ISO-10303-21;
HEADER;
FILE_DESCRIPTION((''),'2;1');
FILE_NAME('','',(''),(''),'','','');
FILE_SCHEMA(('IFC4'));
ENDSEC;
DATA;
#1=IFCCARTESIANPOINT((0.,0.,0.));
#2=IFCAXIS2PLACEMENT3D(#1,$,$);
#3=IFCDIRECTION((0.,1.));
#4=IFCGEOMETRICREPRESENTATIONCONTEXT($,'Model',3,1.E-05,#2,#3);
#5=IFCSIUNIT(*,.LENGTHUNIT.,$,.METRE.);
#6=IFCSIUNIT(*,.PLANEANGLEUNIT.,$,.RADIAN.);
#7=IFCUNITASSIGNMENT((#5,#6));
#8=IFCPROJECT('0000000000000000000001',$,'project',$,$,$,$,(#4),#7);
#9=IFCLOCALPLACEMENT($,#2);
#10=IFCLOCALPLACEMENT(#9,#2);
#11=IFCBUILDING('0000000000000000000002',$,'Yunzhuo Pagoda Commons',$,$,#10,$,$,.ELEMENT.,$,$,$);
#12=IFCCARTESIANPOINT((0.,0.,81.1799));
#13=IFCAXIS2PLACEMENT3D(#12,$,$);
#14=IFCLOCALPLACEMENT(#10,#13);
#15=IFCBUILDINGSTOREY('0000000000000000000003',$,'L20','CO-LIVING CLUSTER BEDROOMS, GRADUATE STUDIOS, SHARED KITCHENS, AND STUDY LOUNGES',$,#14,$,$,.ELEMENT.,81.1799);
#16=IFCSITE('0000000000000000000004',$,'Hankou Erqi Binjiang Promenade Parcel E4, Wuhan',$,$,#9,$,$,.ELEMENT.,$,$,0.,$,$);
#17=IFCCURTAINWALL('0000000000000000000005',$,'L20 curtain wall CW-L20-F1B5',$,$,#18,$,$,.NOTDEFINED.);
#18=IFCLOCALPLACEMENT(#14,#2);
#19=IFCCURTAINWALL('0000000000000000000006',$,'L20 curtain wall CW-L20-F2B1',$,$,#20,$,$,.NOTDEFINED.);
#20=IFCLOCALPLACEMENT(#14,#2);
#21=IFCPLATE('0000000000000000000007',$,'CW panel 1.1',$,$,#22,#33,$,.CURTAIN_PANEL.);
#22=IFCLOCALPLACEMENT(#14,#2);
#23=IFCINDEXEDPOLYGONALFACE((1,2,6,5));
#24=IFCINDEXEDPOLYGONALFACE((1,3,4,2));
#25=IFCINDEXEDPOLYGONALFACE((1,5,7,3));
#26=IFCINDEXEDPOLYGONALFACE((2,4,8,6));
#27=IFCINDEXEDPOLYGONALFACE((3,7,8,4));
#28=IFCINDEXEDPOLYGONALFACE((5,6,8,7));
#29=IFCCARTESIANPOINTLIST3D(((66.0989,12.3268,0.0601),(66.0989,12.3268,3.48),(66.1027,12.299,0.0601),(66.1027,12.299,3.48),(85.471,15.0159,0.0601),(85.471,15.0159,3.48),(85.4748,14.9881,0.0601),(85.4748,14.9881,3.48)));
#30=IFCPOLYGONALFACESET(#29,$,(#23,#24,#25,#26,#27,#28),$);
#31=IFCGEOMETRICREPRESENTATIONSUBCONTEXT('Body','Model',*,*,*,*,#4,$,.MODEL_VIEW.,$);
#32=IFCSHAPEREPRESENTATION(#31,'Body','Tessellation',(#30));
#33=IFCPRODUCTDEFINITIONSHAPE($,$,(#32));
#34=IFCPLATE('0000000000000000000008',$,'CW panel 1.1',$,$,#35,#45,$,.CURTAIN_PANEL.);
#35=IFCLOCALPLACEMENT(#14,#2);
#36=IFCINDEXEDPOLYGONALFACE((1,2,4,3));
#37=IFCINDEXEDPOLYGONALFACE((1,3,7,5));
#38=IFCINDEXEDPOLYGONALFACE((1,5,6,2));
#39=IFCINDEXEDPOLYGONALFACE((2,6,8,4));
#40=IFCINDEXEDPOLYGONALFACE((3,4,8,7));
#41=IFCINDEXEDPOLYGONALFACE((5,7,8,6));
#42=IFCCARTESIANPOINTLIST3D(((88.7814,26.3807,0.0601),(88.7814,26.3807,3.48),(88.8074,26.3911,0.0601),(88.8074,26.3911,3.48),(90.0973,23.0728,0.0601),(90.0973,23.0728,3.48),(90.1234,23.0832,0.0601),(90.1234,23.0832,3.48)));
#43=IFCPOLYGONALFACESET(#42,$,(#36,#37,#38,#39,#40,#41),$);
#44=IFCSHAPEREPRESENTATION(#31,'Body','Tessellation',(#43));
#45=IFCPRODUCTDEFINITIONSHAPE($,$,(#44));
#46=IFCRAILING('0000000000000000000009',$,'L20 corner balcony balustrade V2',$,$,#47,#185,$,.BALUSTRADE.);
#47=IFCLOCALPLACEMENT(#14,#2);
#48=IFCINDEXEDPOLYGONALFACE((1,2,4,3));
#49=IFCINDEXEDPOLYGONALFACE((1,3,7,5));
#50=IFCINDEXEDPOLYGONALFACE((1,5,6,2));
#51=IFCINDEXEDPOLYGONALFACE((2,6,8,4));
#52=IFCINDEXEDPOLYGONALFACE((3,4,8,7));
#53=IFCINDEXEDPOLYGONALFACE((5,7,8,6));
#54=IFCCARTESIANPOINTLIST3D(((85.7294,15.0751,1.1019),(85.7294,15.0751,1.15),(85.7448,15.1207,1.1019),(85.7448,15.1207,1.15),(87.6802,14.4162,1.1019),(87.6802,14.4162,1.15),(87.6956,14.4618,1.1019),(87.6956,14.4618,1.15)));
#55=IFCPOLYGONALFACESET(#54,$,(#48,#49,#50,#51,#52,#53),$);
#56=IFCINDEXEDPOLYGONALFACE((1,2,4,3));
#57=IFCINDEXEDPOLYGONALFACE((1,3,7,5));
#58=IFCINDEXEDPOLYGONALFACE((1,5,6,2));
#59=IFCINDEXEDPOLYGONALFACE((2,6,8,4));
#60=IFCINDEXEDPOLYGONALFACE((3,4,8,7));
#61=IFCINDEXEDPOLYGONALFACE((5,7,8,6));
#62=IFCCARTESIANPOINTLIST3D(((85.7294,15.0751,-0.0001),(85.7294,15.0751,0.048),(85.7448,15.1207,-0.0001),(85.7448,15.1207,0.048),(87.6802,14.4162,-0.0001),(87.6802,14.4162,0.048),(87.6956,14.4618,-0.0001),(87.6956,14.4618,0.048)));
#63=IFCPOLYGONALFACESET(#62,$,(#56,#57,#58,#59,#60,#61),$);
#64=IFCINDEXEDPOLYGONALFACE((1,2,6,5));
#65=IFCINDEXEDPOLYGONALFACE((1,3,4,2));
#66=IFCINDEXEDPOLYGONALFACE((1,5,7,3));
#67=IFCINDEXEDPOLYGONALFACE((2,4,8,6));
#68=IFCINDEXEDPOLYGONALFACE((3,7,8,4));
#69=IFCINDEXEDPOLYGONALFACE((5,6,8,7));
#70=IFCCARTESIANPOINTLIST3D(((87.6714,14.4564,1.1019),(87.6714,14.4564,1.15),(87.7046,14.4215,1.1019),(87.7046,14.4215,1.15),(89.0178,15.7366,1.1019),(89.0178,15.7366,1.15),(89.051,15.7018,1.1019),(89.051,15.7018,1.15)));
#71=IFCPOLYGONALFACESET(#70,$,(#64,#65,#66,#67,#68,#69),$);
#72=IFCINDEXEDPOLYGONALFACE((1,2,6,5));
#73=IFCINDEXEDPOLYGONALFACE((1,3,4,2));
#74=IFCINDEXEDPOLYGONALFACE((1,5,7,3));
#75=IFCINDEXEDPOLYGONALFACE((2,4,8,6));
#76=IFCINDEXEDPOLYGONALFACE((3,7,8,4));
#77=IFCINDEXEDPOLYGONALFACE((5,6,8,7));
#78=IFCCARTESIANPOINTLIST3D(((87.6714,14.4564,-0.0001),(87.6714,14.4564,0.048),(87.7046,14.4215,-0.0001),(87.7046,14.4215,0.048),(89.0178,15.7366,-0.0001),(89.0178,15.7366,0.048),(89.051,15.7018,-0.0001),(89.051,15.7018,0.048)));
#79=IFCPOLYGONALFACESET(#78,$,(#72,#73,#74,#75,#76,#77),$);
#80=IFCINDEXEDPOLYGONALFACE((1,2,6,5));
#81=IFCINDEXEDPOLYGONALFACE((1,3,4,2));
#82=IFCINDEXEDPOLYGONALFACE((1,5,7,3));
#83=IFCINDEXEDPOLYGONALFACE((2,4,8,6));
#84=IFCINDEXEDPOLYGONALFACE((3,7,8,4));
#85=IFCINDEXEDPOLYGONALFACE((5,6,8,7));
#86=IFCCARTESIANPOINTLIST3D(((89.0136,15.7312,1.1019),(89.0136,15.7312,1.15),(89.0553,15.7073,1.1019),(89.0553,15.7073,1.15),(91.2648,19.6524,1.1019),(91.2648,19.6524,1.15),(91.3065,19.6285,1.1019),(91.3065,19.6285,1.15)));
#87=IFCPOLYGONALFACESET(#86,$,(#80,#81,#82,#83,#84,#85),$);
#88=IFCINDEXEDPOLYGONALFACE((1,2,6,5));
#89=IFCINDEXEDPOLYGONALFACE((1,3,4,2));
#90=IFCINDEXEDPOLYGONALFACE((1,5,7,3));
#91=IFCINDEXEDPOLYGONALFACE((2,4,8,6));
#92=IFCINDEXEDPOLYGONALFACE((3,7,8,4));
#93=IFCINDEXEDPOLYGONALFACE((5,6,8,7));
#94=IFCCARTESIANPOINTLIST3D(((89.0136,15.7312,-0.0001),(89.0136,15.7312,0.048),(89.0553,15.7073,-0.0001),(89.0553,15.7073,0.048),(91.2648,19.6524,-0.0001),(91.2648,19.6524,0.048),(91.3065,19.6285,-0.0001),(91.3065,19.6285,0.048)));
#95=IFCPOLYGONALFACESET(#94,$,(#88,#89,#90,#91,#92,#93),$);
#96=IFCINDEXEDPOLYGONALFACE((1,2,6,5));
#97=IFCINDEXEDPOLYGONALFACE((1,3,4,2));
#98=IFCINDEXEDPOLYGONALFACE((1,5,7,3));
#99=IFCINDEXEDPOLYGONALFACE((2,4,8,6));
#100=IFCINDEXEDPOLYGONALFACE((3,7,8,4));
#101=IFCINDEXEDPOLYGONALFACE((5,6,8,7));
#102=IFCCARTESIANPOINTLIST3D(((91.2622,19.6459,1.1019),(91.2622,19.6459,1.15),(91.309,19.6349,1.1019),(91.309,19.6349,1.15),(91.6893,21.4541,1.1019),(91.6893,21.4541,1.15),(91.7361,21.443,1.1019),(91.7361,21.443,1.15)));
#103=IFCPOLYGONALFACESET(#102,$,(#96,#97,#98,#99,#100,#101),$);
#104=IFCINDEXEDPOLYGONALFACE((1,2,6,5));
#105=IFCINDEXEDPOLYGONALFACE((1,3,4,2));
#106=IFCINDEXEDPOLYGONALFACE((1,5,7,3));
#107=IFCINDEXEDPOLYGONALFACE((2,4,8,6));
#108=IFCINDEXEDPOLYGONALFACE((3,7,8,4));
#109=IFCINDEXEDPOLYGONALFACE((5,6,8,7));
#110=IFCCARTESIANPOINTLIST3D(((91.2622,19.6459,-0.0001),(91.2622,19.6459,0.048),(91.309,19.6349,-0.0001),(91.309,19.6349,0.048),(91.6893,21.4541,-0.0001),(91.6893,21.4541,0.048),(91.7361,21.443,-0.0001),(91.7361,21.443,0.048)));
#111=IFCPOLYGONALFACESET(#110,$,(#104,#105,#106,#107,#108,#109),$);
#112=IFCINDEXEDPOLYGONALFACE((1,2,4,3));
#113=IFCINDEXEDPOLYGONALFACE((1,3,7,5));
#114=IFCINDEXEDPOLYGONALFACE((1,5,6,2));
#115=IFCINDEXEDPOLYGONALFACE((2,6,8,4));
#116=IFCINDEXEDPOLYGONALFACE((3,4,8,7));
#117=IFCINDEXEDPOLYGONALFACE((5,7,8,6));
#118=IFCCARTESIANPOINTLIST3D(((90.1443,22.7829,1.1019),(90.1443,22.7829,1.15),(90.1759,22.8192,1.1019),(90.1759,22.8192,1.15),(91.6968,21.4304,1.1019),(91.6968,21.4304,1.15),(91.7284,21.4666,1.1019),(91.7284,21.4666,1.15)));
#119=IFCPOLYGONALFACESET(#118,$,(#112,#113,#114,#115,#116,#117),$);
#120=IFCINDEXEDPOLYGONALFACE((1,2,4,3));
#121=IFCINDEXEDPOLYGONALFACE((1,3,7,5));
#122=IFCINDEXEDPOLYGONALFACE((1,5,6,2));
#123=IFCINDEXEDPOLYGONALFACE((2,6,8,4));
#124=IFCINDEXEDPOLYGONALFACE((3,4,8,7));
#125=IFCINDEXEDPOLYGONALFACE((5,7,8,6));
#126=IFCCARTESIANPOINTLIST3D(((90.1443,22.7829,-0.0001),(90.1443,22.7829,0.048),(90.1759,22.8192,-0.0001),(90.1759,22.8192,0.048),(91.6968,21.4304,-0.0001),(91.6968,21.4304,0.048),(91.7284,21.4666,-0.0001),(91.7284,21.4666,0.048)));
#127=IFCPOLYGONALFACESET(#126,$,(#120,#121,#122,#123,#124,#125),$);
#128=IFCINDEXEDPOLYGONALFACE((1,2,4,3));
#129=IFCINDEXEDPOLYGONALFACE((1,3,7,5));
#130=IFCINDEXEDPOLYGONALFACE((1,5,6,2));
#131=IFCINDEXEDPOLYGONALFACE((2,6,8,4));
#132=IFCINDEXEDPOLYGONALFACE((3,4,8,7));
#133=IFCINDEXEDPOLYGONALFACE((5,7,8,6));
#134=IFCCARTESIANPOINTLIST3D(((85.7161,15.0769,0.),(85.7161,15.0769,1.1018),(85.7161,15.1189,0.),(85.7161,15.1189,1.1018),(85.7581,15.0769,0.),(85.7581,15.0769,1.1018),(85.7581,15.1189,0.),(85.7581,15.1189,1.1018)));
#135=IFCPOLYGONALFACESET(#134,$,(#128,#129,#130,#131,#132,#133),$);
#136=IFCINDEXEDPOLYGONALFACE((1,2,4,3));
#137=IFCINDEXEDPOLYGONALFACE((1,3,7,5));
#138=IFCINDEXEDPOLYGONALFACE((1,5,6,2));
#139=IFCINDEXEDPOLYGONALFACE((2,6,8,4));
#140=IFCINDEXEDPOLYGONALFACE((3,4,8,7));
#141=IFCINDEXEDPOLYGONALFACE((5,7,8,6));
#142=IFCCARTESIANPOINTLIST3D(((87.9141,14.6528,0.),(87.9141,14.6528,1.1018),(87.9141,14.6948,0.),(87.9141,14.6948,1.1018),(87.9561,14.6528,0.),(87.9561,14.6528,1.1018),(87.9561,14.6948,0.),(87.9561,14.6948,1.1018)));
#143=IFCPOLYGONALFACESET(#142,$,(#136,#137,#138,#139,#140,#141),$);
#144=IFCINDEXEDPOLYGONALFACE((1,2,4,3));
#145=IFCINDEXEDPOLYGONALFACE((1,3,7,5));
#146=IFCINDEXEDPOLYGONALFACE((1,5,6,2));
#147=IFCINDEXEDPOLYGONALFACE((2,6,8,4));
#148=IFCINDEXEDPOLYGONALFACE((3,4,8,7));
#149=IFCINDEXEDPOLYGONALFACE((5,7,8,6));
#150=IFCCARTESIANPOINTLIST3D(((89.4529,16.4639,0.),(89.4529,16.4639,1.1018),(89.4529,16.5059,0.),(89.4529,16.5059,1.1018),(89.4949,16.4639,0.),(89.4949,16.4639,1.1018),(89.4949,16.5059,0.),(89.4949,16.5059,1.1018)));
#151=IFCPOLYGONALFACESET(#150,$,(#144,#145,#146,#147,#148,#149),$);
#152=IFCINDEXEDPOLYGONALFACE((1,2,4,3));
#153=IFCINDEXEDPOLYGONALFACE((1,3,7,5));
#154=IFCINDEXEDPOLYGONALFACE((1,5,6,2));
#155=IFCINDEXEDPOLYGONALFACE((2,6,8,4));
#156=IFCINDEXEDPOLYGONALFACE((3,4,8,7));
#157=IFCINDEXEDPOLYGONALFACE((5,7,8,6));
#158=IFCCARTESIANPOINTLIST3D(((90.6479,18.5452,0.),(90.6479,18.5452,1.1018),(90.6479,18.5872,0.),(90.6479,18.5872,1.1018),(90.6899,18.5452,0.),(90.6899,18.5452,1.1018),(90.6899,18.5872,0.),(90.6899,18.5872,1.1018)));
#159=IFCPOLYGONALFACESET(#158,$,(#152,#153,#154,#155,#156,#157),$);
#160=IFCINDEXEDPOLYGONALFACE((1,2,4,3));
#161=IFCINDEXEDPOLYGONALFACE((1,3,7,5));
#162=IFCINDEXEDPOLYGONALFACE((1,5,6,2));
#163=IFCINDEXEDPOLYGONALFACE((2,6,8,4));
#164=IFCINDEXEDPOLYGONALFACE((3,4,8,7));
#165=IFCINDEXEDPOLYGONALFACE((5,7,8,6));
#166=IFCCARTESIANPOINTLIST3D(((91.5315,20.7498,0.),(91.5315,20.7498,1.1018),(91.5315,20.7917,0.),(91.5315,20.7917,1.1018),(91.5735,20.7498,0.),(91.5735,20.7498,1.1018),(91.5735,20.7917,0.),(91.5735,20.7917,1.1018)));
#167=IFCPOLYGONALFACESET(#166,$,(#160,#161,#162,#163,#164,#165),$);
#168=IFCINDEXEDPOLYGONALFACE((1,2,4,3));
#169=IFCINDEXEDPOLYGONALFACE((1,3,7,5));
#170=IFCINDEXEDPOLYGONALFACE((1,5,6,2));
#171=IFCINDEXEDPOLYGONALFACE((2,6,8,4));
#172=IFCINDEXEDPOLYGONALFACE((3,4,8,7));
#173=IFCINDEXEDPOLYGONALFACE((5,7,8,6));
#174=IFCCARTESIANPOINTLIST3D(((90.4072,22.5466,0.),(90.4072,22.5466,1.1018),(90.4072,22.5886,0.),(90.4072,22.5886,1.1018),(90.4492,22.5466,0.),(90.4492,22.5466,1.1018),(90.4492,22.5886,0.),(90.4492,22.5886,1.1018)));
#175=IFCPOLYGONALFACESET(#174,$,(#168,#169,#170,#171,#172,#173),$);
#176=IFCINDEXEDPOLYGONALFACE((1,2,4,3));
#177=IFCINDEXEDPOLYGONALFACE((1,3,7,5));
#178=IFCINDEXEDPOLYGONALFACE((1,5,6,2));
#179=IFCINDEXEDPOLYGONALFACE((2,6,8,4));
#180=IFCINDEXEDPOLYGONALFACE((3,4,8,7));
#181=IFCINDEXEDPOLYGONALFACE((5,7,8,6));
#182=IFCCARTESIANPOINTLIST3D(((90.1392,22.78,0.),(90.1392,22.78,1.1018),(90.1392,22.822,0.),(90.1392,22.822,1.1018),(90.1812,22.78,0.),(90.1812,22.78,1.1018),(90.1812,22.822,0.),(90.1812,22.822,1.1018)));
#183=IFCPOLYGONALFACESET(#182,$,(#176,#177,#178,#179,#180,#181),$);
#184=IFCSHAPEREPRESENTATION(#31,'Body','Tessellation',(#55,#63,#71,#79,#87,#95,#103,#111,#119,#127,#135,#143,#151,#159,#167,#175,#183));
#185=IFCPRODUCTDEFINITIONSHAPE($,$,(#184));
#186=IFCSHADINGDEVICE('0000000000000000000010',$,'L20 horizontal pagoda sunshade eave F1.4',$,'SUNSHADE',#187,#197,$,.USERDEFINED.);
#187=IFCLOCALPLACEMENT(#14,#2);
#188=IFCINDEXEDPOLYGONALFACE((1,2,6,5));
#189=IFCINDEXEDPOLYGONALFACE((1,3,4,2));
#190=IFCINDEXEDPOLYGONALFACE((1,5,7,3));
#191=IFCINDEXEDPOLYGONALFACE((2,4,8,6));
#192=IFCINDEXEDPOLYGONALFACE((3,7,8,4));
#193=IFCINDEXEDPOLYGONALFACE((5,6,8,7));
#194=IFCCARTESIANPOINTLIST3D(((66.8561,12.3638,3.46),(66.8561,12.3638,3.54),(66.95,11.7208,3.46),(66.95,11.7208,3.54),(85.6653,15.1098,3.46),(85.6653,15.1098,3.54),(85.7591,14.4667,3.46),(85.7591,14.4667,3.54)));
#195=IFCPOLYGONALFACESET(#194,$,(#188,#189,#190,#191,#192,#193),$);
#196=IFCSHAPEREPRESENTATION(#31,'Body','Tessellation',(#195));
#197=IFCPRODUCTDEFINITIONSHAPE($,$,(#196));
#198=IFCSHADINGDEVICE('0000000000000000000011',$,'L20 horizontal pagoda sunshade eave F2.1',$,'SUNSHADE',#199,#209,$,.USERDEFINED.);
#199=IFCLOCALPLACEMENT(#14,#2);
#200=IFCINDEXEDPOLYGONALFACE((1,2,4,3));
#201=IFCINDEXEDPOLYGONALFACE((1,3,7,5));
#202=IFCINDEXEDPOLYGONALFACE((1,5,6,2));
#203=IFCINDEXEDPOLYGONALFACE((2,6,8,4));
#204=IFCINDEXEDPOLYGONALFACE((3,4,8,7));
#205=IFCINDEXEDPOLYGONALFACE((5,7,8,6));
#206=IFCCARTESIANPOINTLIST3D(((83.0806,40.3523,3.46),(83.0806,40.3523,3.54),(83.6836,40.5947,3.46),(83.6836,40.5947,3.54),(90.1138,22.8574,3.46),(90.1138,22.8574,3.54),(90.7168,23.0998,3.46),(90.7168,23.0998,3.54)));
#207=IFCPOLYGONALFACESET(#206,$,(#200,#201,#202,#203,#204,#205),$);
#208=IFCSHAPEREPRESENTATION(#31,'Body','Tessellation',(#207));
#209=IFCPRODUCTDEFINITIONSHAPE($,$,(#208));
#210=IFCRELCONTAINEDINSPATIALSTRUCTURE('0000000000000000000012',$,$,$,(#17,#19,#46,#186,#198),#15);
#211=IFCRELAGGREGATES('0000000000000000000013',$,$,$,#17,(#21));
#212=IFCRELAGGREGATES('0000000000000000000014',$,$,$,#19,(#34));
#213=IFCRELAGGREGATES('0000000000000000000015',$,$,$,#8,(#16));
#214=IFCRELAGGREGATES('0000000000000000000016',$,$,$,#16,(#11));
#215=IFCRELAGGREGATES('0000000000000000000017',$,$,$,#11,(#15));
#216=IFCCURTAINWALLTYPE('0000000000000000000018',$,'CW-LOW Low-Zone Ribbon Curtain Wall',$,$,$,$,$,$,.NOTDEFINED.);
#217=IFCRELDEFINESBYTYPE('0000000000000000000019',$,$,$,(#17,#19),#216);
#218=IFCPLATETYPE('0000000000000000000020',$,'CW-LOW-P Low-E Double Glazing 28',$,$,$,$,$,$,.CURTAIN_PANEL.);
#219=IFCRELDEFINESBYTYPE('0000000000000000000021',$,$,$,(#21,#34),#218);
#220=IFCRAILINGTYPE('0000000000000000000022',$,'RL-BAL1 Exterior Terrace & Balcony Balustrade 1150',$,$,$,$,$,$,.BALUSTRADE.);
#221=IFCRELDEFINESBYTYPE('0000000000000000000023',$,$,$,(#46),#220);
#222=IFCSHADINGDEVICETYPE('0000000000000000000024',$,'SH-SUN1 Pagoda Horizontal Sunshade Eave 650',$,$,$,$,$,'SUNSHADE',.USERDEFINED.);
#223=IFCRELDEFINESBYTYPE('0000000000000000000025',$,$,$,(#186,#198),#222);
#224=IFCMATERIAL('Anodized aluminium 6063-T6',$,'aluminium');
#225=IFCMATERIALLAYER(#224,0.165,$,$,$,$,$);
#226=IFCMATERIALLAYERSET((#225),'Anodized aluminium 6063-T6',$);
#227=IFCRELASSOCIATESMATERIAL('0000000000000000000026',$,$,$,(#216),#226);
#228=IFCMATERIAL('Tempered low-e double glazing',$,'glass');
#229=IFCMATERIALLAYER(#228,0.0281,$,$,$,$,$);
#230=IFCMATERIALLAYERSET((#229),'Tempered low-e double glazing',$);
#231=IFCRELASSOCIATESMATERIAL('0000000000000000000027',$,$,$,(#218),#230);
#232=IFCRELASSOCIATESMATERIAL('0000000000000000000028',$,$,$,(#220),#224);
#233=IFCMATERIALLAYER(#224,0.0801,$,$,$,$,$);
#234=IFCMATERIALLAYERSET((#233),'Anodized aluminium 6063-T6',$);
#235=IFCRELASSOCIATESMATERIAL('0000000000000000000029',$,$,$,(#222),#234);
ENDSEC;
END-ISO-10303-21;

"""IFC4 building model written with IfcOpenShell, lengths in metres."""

from ifc_helpers import new_model, si_unit, direction, frame, origin, origin_2d, place, context, subcontext, project, spatial, rectangle, extrude, source, transform, mapped, material, layer, layer_set, type_object, element, aggregate, save


model = new_model("IFC4")

# Units and contexts
model_context = context("Model", 3, precision=1e-05, world=origin(), true_north=direction((0.0, 1.0)))
body_context = subcontext(model_context, "Body", "Model", "MODEL_VIEW")
ifc_project = project(units=[si_unit("LENGTHUNIT", "METRE"), si_unit("PLANEANGLEUNIT", "RADIAN")], contexts=[model_context])

# Site, building, storey
site_placement = place(None, origin())
site = spatial("IfcSite", under=ifc_project, at=site_placement, Name="Hankou Erqi Binjiang Promenade Parcel E4, Wuhan", CompositionType="ELEMENT", RefElevation=0.0)
building_placement = place(site_placement, origin())
building = spatial("IfcBuilding", under=site, at=building_placement, Name="Yunzhuo Pagoda Commons", CompositionType="ELEMENT")
storey_placement = place(building_placement, frame((0.0, 0.0, 81.1799)))
storey = spatial("IfcBuildingStorey", under=building, at=storey_placement, Name="L20", Description="CO-LIVING CLUSTER BEDROOMS, GRADUATE STUDIOS, SHARED KITCHENS, AND STUDY LOUNGES", CompositionType="ELEMENT", Elevation=81.1799)

# Curtain wall
ifc_material_1 = material(Name="Anodized aluminium 6063-T6", Category="aluminium")
ifc_layer_1 = layer(ifc_material_1, 0.165)
ifc_layer_set_1 = layer_set([ifc_layer_1], Name="Anodized aluminium 6063-T6")
curtain_wall_type = type_object("IfcCurtainWallType", Name="CW-LOW Low-Zone Ribbon Curtain Wall", PredefinedType="NOTDEFINED", material=ifc_layer_set_1)
curtain_wall_1_placement = place(storey_placement, origin())
curtain_wall_1 = element("IfcCurtainWall", 1, at=curtain_wall_1_placement, inside=storey, type_object=curtain_wall_type, Name="L20 curtain wall CW-L20-F1B5", PredefinedType="NOTDEFINED")

# Curtain wall
curtain_wall_2_placement = place(storey_placement, origin())
curtain_wall_2 = element("IfcCurtainWall", 2, at=curtain_wall_2_placement, inside=storey, type_object=curtain_wall_type, Name="L20 curtain wall CW-L20-F2B1", PredefinedType="NOTDEFINED")

# Shared definitions
ifc_material_2 = material(Name="Tempered low-e double glazing", Category="glass")
ifc_layer_2 = layer(ifc_material_2, 0.0281)
ifc_layer_set_2 = layer_set([ifc_layer_2], Name="Tempered low-e double glazing")
plate_type_1 = type_object("IfcPlateType", Name="CW-LOW-P Low-E Double Glazing 28", PredefinedType="CURTAIN_PANEL", material=ifc_layer_set_2)

# Plates
shared_shape_1 = source(origin(), body_context, "Body", "SweptSolid", [
    extrude(rectangle(XDim=19.5579, YDim=0.0281, at=origin_2d()), origin(), (0.0, 0.0, 1.0), 3.4199),
])
plate_1_placement = place(storey_placement, frame((75.7869, 13.6575, 0.0601), z_axis=(0.0, 0.0, 1.0), x_axis=(0.990502, 0.137496, 0.0)))
plate_1 = element("IfcPlate", 3, at=plate_1_placement, type_object=plate_type_1, Name="CW panel 1.1", PredefinedType="CURTAIN_PANEL", context=body_context, shape_type="MappedRepresentation", body=[
    mapped(shared_shape_1, transform((0.0, 0.0, 0.0), scale=1.0)),
])
aggregate(curtain_wall_1, [plate_1])
shared_shape_2 = source(origin(), body_context, "Body", "SweptSolid", [
    extrude(rectangle(XDim=3.5601, YDim=0.0281, at=origin_2d()), origin(), (0.0, 0.0, 1.0), 3.4199),
])
plate_2_placement = place(storey_placement, frame((89.4524, 24.7319, 0.0601), z_axis=(0.0, 0.0, 1.0), x_axis=(-0.369652, 0.92917, 0.0)))
plate_2 = element("IfcPlate", 4, at=plate_2_placement, type_object=plate_type_1, Name="CW panel 1.1", PredefinedType="CURTAIN_PANEL", context=body_context, shape_type="MappedRepresentation", body=[
    mapped(shared_shape_2, transform((0.0, 0.0, 0.0), scale=1.0)),
])
aggregate(curtain_wall_2, [plate_2])

# Railing
railing_type = type_object("IfcRailingType", Name="RL-BAL1 Exterior Terrace & Balcony Balustrade 1150", PredefinedType="BALUSTRADE", material=ifc_material_1)
railing_placement = place(storey_placement, frame((85.7371, 15.0979, 0.0)))
element("IfcRailing", 5, at=railing_placement, inside=storey, type_object=railing_type, Name="L20 corner balcony balustrade V2", PredefinedType="BALUSTRADE", context=body_context, shape_type="SweptSolid", body=[
    extrude(rectangle(XDim=0.0481, YDim=0.0481, at=origin_2d()), frame((0.0, 0.0, 1.126), z_axis=(0.947419, -0.319996, 0.0), x_axis=(0.319996, 0.947419, 0.0)), (0.0, 0.0, 1.0), 2.0591),
    extrude(rectangle(XDim=0.0481, YDim=0.0481, at=origin_2d()), frame((0.0, 0.0, 0.0239), z_axis=(0.947419, -0.319996, 0.0), x_axis=(0.319996, 0.947419, 0.0)), (0.0, 0.0, 1.0), 2.0591),
    extrude(rectangle(XDim=0.0481, YDim=0.0481, at=origin_2d()), frame((1.9509, -0.6589, 1.126), z_axis=(0.724688, 0.689077, 0.0), x_axis=(-0.689077, 0.724688, 0.0)), (0.0, 0.0, 1.0), 1.8579),
    extrude(rectangle(XDim=0.0481, YDim=0.0481, at=origin_2d()), frame((1.9509, -0.6589, 0.0239), z_axis=(0.724688, 0.689077, 0.0), x_axis=(-0.689077, 0.724688, 0.0)), (0.0, 0.0, 1.0), 1.8579),
    extrude(rectangle(XDim=0.0481, YDim=0.0481, at=origin_2d()), frame((3.2974, 0.6213, 1.126), z_axis=(0.4979, 0.867235, 0.0), x_axis=(-0.867235, 0.4979, 0.0)), (0.0, 0.0, 1.0), 4.5215),
    extrude(rectangle(XDim=0.0481, YDim=0.0481, at=origin_2d()), frame((3.2974, 0.6213, 0.0239), z_axis=(0.4979, 0.867235, 0.0), x_axis=(-0.867235, 0.4979, 0.0)), (0.0, 0.0, 1.0), 4.5215),
    extrude(rectangle(XDim=0.0481, YDim=0.0481, at=origin_2d()), frame((5.5486, 4.5425, 1.126), z_axis=(0.229838, 0.973229, 0.0), x_axis=(-0.973229, 0.229838, 0.0)), (0.0, 0.0, 1.0), 1.8579),
    extrude(rectangle(XDim=0.0481, YDim=0.0481, at=origin_2d()), frame((5.5486, 4.5425, 0.0239), z_axis=(0.229838, 0.973229, 0.0), x_axis=(-0.973229, 0.229838, 0.0)), (0.0, 0.0, 1.0), 1.8579),
    extrude(rectangle(XDim=0.0481, YDim=0.0481, at=origin_2d()), frame((5.9756, 6.3506, 1.126), z_axis=(-0.753993, 0.656883, 0.0), x_axis=(-0.656883, -0.753993, 0.0)), (0.0, 0.0, 1.0), 2.0591),
    extrude(rectangle(XDim=0.0481, YDim=0.0481, at=origin_2d()), frame((5.9756, 6.3506, 0.0239), z_axis=(-0.753993, 0.656883, 0.0), x_axis=(-0.656883, -0.753993, 0.0)), (0.0, 0.0, 1.0), 2.0591),
    extrude(rectangle(XDim=0.042, YDim=0.042, at=origin_2d()), origin(), (0.0, 0.0, 1.0), 1.1018),
    extrude(rectangle(XDim=0.042, YDim=0.042, at=origin_2d()), frame((2.198, -0.4241, 0.0)), (0.0, 0.0, 1.0), 1.1018),
    extrude(rectangle(XDim=0.042, YDim=0.042, at=origin_2d()), frame((3.7368, 1.387, 0.0)), (0.0, 0.0, 1.0), 1.1018),
    extrude(rectangle(XDim=0.042, YDim=0.042, at=origin_2d()), frame((4.9319, 3.4683, 0.0)), (0.0, 0.0, 1.0), 1.1018),
    extrude(rectangle(XDim=0.042, YDim=0.042, at=origin_2d()), frame((5.8154, 5.6729, 0.0)), (0.0, 0.0, 1.0), 1.1018),
    extrude(rectangle(XDim=0.042, YDim=0.042, at=origin_2d()), frame((4.6912, 7.4697, 0.0)), (0.0, 0.0, 1.0), 1.1018),
    extrude(rectangle(XDim=0.042, YDim=0.042, at=origin_2d()), frame((4.4231, 7.7031, 0.0)), (0.0, 0.0, 1.0), 1.1018),
])

# Shading devices
ifc_layer_3 = layer(ifc_material_1, 0.0801)
ifc_layer_set_3 = layer_set([ifc_layer_3], Name="Anodized aluminium 6063-T6")
shading_device_type = type_object("IfcShadingDeviceType", Name="SH-SUN1 Pagoda Horizontal Sunshade Eave 650", ElementType="SUNSHADE", PredefinedType="USERDEFINED", material=ifc_layer_set_3)
shared_shape_3 = source(origin(), body_context, "Body", "SweptSolid", [
    extrude(rectangle(XDim=19.0085, YDim=0.6499, at=origin_2d()), origin(), (0.0, 0.0, 1.0), 0.0801),
])
shading_device_1_placement = place(storey_placement, frame((76.3076, 13.4153, 3.46), z_axis=(0.0, 0.0, 1.0), x_axis=(0.989511, 0.14446, 0.0)))
element("IfcShadingDevice", 6, at=shading_device_1_placement, inside=storey, type_object=shading_device_type, Name="L20 horizontal pagoda sunshade eave F1.4", ObjectType="SUNSHADE", PredefinedType="USERDEFINED", context=body_context, shape_type="MappedRepresentation", body=[
    mapped(shared_shape_3, transform((0.0, 0.0, 0.0), scale=1.0)),
])
shared_shape_4 = source(origin(), body_context, "Body", "SweptSolid", [
    extrude(rectangle(XDim=18.8557, YDim=0.6499, at=origin_2d()), origin(), (0.0, 0.0, 1.0), 0.0801),
])
shading_device_2_placement = place(storey_placement, frame((86.8987, 31.7261, 3.46), z_axis=(0.0, 0.0, 1.0), x_axis=(-0.373004, 0.92783, 0.0)))
element("IfcShadingDevice", 7, at=shading_device_2_placement, inside=storey, type_object=shading_device_type, Name="L20 horizontal pagoda sunshade eave F2.1", ObjectType="SUNSHADE", PredefinedType="USERDEFINED", context=body_context, shape_type="MappedRepresentation", body=[
    mapped(shared_shape_4, transform((0.0, 0.0, 0.0), scale=1.0)),
])

save(model, "model.ifc")
